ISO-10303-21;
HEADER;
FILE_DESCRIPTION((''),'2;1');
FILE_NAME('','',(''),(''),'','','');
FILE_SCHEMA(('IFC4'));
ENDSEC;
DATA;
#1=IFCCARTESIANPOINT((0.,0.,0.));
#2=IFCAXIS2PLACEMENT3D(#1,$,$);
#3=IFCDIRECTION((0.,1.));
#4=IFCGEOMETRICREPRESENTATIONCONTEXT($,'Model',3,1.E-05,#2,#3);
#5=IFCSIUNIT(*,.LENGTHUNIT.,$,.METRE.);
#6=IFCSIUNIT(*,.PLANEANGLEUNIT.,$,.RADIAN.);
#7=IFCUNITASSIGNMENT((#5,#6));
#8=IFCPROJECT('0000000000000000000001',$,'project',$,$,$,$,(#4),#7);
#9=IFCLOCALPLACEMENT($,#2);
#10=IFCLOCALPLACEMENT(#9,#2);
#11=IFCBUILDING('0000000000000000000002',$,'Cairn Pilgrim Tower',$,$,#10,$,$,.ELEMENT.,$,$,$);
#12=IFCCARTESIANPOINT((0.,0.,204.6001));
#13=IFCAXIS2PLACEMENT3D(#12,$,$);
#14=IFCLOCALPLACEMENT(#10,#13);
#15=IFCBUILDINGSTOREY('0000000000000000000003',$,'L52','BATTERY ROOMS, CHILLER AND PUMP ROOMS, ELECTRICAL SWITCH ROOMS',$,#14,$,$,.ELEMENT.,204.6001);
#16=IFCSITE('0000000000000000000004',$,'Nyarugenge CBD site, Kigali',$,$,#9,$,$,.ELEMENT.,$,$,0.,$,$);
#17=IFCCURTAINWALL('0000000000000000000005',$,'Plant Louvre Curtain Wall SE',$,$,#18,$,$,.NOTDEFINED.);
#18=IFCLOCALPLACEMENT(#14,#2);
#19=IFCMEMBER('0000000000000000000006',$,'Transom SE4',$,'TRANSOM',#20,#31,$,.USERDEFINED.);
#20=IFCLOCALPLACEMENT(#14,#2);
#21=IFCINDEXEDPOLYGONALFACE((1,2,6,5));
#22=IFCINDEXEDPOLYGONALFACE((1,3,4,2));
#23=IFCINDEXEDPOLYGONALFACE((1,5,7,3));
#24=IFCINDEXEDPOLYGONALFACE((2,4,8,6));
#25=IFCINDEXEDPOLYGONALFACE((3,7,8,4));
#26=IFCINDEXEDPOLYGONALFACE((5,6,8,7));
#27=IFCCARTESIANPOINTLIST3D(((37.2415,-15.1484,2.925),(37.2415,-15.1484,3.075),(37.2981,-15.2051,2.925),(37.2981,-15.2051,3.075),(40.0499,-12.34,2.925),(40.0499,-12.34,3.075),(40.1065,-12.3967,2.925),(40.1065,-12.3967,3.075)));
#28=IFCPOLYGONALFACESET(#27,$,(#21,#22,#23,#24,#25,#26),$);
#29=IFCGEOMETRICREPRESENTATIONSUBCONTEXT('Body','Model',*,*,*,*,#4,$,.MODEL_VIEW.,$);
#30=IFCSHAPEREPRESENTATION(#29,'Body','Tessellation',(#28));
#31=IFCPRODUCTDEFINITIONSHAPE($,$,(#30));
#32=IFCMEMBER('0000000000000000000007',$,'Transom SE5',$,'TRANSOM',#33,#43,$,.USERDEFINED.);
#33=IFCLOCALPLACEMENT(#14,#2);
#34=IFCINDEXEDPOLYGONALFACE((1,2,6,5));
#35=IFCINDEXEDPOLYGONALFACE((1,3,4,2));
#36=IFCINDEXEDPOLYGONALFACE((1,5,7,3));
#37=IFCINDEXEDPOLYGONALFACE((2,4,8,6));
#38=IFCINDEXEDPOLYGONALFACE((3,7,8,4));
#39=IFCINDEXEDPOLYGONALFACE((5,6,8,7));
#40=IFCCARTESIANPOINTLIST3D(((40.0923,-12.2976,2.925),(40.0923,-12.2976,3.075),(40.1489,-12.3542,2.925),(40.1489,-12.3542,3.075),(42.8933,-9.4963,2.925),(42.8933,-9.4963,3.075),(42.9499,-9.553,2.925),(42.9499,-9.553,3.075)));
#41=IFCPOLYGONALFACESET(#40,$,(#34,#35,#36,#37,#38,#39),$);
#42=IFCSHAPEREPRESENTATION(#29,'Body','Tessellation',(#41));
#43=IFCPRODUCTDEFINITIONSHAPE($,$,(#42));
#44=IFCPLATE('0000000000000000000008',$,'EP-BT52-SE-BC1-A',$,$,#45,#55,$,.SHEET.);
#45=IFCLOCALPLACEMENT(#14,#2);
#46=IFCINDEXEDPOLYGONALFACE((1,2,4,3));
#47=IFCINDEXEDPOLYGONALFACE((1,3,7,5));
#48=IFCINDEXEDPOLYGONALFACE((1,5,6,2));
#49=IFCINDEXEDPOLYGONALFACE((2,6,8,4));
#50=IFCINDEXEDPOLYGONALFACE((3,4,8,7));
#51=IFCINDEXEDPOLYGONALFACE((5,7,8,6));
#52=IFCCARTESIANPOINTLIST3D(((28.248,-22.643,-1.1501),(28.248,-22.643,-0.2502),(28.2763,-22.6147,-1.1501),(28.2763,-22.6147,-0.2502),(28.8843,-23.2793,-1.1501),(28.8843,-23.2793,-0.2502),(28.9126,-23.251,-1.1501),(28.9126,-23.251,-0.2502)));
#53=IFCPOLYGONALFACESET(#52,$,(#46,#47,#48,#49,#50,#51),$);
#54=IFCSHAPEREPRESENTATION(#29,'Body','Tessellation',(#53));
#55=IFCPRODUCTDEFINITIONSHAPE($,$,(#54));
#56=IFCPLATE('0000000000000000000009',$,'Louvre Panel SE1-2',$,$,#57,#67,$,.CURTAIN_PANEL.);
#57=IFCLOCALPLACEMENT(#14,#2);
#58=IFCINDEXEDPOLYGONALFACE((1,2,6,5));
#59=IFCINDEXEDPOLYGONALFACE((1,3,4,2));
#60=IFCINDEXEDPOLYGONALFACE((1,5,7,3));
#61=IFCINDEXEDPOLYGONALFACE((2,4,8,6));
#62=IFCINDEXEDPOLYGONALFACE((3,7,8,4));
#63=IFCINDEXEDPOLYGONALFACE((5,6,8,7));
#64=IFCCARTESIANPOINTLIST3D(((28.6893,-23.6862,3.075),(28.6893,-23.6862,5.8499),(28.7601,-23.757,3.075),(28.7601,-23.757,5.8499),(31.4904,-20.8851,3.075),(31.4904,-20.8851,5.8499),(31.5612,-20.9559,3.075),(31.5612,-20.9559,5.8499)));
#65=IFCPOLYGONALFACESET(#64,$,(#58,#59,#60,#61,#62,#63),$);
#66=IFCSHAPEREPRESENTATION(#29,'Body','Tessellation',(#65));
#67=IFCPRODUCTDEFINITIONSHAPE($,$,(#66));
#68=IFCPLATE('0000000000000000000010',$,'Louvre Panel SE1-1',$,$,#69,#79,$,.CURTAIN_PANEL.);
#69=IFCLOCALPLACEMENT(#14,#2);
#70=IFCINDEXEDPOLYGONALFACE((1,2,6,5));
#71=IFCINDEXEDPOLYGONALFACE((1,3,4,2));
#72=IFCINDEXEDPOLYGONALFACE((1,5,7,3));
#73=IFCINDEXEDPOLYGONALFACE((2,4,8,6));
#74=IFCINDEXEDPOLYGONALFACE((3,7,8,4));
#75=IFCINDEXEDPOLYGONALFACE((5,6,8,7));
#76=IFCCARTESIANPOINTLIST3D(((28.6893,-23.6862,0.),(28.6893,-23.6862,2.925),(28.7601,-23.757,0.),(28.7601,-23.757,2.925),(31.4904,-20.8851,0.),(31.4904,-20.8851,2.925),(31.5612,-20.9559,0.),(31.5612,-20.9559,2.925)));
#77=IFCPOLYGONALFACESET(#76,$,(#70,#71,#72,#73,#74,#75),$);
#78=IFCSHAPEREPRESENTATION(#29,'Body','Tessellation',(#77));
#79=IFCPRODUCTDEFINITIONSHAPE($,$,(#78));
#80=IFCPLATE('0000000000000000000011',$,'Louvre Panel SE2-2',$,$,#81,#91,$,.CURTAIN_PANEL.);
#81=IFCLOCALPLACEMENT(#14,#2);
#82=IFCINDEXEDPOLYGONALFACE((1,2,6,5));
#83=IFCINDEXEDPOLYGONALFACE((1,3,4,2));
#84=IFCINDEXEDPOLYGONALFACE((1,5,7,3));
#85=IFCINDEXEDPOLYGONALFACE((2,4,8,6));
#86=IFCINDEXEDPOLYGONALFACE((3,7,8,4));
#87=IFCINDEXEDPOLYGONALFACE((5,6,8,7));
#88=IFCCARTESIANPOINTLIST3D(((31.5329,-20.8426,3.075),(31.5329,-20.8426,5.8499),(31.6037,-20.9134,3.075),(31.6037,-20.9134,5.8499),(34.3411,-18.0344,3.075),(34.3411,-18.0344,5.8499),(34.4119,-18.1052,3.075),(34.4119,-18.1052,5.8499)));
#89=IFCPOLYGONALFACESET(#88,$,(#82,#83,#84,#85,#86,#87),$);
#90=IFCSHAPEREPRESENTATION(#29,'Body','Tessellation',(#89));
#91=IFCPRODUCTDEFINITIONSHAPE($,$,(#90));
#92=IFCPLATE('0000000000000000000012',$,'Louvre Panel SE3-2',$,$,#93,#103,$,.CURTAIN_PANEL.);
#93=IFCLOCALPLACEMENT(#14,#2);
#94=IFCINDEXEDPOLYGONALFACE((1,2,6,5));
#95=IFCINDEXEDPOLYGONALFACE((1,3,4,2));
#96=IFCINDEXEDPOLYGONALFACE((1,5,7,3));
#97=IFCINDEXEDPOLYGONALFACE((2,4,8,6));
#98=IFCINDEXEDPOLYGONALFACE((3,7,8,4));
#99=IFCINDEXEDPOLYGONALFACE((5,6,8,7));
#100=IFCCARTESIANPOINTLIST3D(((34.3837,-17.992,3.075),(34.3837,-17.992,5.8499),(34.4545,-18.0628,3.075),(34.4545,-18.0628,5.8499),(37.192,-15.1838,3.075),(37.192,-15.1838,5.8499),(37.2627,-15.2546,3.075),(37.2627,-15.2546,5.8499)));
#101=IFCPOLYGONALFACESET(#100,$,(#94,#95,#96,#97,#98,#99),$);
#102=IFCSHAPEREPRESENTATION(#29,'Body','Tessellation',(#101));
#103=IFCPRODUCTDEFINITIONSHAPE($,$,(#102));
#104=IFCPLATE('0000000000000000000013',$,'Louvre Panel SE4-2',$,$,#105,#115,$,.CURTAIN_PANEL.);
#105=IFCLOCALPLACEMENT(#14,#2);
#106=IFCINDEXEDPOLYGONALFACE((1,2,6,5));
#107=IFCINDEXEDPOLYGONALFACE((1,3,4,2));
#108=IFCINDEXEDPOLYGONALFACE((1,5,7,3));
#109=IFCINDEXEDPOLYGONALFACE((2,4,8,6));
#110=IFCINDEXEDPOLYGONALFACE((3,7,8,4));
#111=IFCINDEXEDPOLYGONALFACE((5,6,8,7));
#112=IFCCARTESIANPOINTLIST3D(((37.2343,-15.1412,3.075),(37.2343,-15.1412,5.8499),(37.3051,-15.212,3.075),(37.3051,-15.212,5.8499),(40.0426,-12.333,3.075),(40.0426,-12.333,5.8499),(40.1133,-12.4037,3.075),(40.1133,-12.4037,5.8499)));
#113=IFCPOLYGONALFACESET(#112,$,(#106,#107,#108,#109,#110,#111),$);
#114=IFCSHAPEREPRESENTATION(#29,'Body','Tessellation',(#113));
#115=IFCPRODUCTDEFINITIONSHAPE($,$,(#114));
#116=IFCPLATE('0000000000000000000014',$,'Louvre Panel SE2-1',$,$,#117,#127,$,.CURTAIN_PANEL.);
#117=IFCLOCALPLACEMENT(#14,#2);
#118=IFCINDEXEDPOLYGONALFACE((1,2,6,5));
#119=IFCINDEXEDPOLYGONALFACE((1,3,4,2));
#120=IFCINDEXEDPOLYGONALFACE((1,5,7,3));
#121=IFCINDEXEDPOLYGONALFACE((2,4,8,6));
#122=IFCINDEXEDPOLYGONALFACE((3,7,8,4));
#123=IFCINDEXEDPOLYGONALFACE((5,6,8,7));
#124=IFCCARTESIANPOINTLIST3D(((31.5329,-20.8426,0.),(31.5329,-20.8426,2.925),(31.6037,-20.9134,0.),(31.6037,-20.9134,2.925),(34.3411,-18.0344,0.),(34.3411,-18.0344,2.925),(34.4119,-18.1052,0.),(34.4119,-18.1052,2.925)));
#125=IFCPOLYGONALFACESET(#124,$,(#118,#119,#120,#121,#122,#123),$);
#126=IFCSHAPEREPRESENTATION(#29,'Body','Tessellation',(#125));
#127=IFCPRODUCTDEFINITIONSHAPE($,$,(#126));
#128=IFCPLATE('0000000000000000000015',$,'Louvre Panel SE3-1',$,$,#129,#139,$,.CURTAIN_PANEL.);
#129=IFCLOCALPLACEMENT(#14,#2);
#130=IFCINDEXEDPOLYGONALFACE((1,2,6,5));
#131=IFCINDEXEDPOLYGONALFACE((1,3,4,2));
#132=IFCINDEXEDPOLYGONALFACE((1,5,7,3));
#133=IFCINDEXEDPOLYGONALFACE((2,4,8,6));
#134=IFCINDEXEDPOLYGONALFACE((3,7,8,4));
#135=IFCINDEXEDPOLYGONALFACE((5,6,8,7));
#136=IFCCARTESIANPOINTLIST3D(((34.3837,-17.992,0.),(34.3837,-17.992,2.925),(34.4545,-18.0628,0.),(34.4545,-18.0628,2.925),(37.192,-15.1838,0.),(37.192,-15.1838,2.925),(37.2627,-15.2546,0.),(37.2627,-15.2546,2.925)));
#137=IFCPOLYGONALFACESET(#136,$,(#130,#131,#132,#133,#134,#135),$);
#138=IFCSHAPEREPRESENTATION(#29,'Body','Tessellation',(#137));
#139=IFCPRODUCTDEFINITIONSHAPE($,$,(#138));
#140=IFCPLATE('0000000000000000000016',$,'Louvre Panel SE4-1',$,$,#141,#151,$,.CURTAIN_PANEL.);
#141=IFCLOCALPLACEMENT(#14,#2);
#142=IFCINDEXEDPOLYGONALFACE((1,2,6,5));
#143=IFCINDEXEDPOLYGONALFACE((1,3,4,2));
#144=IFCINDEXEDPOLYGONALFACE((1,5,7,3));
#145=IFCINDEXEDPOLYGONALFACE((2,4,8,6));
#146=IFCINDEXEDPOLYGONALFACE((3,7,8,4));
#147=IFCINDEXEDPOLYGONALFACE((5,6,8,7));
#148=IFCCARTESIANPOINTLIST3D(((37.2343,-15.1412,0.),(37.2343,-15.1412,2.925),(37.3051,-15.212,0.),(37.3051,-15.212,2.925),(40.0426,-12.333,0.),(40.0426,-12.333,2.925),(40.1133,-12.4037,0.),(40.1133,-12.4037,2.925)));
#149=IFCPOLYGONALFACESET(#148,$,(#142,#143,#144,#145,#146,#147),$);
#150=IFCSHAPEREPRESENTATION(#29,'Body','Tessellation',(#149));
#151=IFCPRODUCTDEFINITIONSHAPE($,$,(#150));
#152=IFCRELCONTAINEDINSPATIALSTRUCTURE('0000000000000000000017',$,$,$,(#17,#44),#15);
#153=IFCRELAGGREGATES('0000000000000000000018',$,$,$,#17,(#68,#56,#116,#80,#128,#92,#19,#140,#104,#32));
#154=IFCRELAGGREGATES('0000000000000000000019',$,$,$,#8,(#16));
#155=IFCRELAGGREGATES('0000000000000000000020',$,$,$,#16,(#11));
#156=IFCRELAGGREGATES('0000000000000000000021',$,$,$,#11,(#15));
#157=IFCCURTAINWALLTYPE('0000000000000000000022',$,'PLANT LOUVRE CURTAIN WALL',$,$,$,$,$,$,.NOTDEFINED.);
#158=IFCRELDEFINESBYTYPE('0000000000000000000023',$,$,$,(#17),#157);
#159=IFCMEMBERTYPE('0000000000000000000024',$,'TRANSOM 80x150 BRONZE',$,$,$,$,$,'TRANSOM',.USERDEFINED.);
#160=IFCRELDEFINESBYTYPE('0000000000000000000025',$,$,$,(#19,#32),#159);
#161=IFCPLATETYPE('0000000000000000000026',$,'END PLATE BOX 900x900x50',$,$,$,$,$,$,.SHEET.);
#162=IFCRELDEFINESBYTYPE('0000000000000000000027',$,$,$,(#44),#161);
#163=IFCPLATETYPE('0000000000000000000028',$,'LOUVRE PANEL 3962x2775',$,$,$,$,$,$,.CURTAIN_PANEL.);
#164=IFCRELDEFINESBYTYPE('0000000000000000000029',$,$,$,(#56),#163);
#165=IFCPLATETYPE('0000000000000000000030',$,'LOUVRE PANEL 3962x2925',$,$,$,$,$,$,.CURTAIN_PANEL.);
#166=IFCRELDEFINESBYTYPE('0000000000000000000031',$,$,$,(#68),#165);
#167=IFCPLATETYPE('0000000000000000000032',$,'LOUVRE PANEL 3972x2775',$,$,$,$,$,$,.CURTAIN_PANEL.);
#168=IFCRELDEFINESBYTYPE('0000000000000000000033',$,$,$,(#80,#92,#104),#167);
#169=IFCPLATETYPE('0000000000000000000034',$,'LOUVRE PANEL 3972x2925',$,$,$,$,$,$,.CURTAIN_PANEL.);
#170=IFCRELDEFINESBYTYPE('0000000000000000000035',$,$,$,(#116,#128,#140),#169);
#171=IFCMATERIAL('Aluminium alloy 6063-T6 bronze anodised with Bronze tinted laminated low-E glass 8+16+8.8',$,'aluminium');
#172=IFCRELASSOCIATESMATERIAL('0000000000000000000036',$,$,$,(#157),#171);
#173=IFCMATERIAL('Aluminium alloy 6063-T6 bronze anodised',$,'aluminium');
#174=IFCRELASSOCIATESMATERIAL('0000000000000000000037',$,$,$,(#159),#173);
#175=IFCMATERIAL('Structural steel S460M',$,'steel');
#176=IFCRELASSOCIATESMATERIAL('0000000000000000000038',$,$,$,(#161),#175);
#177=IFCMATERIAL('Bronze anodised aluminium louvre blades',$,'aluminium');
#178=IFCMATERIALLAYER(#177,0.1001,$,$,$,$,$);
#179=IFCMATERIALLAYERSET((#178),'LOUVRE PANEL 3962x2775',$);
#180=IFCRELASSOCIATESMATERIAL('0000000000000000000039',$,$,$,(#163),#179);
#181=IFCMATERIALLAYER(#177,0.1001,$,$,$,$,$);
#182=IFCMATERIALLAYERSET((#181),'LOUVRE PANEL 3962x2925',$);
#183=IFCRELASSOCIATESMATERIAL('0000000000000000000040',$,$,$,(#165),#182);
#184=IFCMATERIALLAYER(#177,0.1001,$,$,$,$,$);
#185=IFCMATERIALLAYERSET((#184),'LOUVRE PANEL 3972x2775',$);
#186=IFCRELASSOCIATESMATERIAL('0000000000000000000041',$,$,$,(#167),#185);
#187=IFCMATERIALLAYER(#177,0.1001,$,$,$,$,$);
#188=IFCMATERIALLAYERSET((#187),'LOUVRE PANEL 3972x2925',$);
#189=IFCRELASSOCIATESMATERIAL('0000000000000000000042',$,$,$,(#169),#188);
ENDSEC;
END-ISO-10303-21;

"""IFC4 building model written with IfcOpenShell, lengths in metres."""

from ifc_helpers import new_model, si_unit, direction, frame, origin, origin_2d, place, context, subcontext, project, spatial, rectangle, extrude, material, layer, layer_set, material_profile, profile_set, type_object, element, aggregate, save


model = new_model("IFC4")

# Units and contexts
model_context = context("Model", 3, precision=1e-05, world=origin(), true_north=direction((0.0, 1.0)))
body_context = subcontext(model_context, "Body", "Model", "MODEL_VIEW")
ifc_project = project(units=[si_unit("LENGTHUNIT", "METRE"), si_unit("PLANEANGLEUNIT", "RADIAN")], contexts=[model_context])

# Site, building, storey
site_placement = place(None, origin())
site = spatial("IfcSite", under=ifc_project, at=site_placement, Name="Nyarugenge CBD site, Kigali", CompositionType="ELEMENT", RefElevation=0.0)
building_placement = place(site_placement, origin())
building = spatial("IfcBuilding", under=site, at=building_placement, Name="Cairn Pilgrim Tower", CompositionType="ELEMENT")
storey_placement = place(building_placement, frame((0.0, 0.0, 204.6001)))
storey = spatial("IfcBuildingStorey", under=building, at=storey_placement, Name="L52", Description="BATTERY ROOMS, CHILLER AND PUMP ROOMS, ELECTRICAL SWITCH ROOMS", CompositionType="ELEMENT", Elevation=204.6001)

# Shared definitions
ifc_material_1 = material(Name="Structural steel S460M", Category="steel")

# Curtain wall
ifc_material_2 = material(Name="Aluminium alloy 6063-T6 bronze anodised with Bronze tinted laminated low-E glass 8+16+8.8", Category="aluminium")
curtain_wall_type = type_object("IfcCurtainWallType", Name="PLANT LOUVRE CURTAIN WALL", PredefinedType="NOTDEFINED", material=ifc_material_2)
curtain_wall_placement = place(storey_placement, origin())
curtain_wall = element("IfcCurtainWall", 1, at=curtain_wall_placement, inside=storey, type_object=curtain_wall_type, Name="Plant Louvre Curtain Wall SE", PredefinedType="NOTDEFINED")
ifc_material_3 = material(Name="Aluminium alloy 6063-T6 bronze anodised", Category="aluminium")

# Members
ifc_material_profile_1 = material_profile(ifc_material_3, rectangle(XDim=0.0801, YDim=0.1499, at=origin_2d()), Name="TRANSOM 80x150 BRONZE")
ifc_profile_set_1 = profile_set([ifc_material_profile_1], Name="Aluminium alloy 6063-T6 bronze anodised")
member_type_1 = type_object("IfcMemberType", Name="TRANSOM 80x150 BRONZE", ElementType="TRANSOM", PredefinedType="USERDEFINED", material=ifc_profile_set_1)
member_1_placement = place(storey_placement, frame((37.2698, -15.1768, 3.0), z_axis=(0.707107, 0.707107, 0.0), x_axis=(-0.707107, 0.707107, 0.0)))
member_1 = element("IfcMember", 2, at=member_1_placement, type_object=member_type_1, Name="Transom SE4", ObjectType="TRANSOM", PredefinedType="USERDEFINED", context=body_context, shape_type="SweptSolid", body=[
    extrude(rectangle(XDim=0.0801, YDim=0.1499, at=origin_2d()), origin(), (0.0, 0.0, 1.0), 3.9717),
])
member_2_placement = place(storey_placement, frame((40.1206, -12.3259, 3.0), z_axis=(0.707076, 0.707138, 0.0), x_axis=(-0.707138, 0.707076, 0.0)))
member_2 = element("IfcMember", 3, at=member_2_placement, type_object=member_type_1, Name="Transom SE5", ObjectType="TRANSOM", PredefinedType="USERDEFINED", context=body_context, shape_type="SweptSolid", body=[
    extrude(rectangle(XDim=0.0801, YDim=0.1499, at=origin_2d()), origin(), (0.0, 0.0, 1.0), 3.9614),
])

# Plates
ifc_material_profile_2 = material_profile(ifc_material_1, rectangle(XDim=0.8999, YDim=0.8999, at=origin_2d()), Name="END PLATE BOX 900x900x50")
ifc_profile_set_2 = profile_set([ifc_material_profile_2], Name="Structural steel S460M")
plate_type_1 = type_object("IfcPlateType", Name="END PLATE BOX 900x900x50", PredefinedType="SHEET", material=ifc_profile_set_2)
plate_1_placement = place(storey_placement, frame((28.5945, -22.9329, -0.7002), z_axis=(-0.707107, -0.707107, 0.0), x_axis=(0.707107, -0.707107, 0.0)))
element("IfcPlate", 4, at=plate_1_placement, inside=storey, type_object=plate_type_1, Name="EP-BT52-SE-BC1-A", PredefinedType="SHEET", context=body_context, shape_type="SweptSolid", body=[
    extrude(rectangle(XDim=0.8999, YDim=0.8999, at=origin_2d()), origin(), (0.0, 0.0, 1.0), 0.04),
])
ifc_material_4 = material(Name="Bronze anodised aluminium louvre blades", Category="aluminium")
ifc_layer_1 = layer(ifc_material_4, 0.1001)
ifc_layer_set_1 = layer_set([ifc_layer_1], Name="LOUVRE PANEL 3962x2775")
plate_type_2 = type_object("IfcPlateType", Name="LOUVRE PANEL 3962x2775", PredefinedType="CURTAIN_PANEL", material=ifc_layer_set_1)
plate_2_placement = place(storey_placement, frame((30.1252, -22.321, 3.075), z_axis=(0.0, 0.0, 1.0), x_axis=(0.707107, 0.707107, 0.0)))
plate_2 = element("IfcPlate", 5, at=plate_2_placement, type_object=plate_type_2, Name="Louvre Panel SE1-2", PredefinedType="CURTAIN_PANEL", context=body_context, shape_type="SweptSolid", body=[
    extrude(rectangle(XDim=3.9614, YDim=0.1001, at=origin_2d()), origin(), (0.0, 0.0, 1.0), 2.7749),
])
ifc_layer_2 = layer(ifc_material_4, 0.1001)
ifc_layer_set_2 = layer_set([ifc_layer_2], Name="LOUVRE PANEL 3962x2925")
plate_type_3 = type_object("IfcPlateType", Name="LOUVRE PANEL 3962x2925", PredefinedType="CURTAIN_PANEL", material=ifc_layer_set_2)
plate_3_placement = place(storey_placement, frame((30.1252, -22.321, 0.0), z_axis=(0.0, 0.0, 1.0), x_axis=(0.707107, 0.707107, 0.0)))
plate_3 = element("IfcPlate", 6, at=plate_3_placement, type_object=plate_type_3, Name="Louvre Panel SE1-1", PredefinedType="CURTAIN_PANEL", context=body_context, shape_type="SweptSolid", body=[
    extrude(rectangle(XDim=3.9614, YDim=0.1001, at=origin_2d()), origin(), (0.0, 0.0, 1.0), 2.925),
])
ifc_layer_3 = layer(ifc_material_4, 0.1001)
ifc_layer_set_3 = layer_set([ifc_layer_3], Name="LOUVRE PANEL 3972x2775")
plate_type_4 = type_object("IfcPlateType", Name="LOUVRE PANEL 3972x2775", PredefinedType="CURTAIN_PANEL", material=ifc_layer_set_3)
plate_4_placement = place(storey_placement, frame((32.9724, -19.4739, 3.075), z_axis=(0.0, 0.0, 1.0), x_axis=(0.707107, 0.707107, 0.0)))
plate_4 = element("IfcPlate", 7, at=plate_4_placement, type_object=plate_type_4, Name="Louvre Panel SE2-2", PredefinedType="CURTAIN_PANEL", context=body_context, shape_type="SweptSolid", body=[
    extrude(rectangle(XDim=3.9714, YDim=0.1001, at=origin_2d()), origin(), (0.0, 0.0, 1.0), 2.7749),
])
plate_5_placement = place(storey_placement, frame((35.8232, -16.6233, 3.075), z_axis=(0.0, 0.0, 1.0), x_axis=(0.707107, 0.707107, 0.0)))
plate_5 = element("IfcPlate", 8, at=plate_5_placement, type_object=plate_type_4, Name="Louvre Panel SE3-2", PredefinedType="CURTAIN_PANEL", context=body_context, shape_type="SweptSolid", body=[
    extrude(rectangle(XDim=3.9714, YDim=0.1001, at=origin_2d()), origin(), (0.0, 0.0, 1.0), 2.7749),
])
plate_6_placement = place(storey_placement, frame((38.6738, -13.7725, 3.075), z_axis=(0.0, 0.0, 1.0), x_axis=(0.707107, 0.707107, 0.0)))
plate_6 = element("IfcPlate", 9, at=plate_6_placement, type_object=plate_type_4, Name="Louvre Panel SE4-2", PredefinedType="CURTAIN_PANEL", context=body_context, shape_type="SweptSolid", body=[
    extrude(rectangle(XDim=3.9714, YDim=0.1001, at=origin_2d()), origin(), (0.0, 0.0, 1.0), 2.7749),
])
ifc_layer_4 = layer(ifc_material_4, 0.1001)
ifc_layer_set_4 = layer_set([ifc_layer_4], Name="LOUVRE PANEL 3972x2925")
plate_type_5 = type_object("IfcPlateType", Name="LOUVRE PANEL 3972x2925", PredefinedType="CURTAIN_PANEL", material=ifc_layer_set_4)
plate_7_placement = place(storey_placement, frame((32.9724, -19.4739, 0.0), z_axis=(0.0, 0.0, 1.0), x_axis=(0.707107, 0.707107, 0.0)))
plate_7 = element("IfcPlate", 10, at=plate_7_placement, type_object=plate_type_5, Name="Louvre Panel SE2-1", PredefinedType="CURTAIN_PANEL", context=body_context, shape_type="SweptSolid", body=[
    extrude(rectangle(XDim=3.9714, YDim=0.1001, at=origin_2d()), origin(), (0.0, 0.0, 1.0), 2.925),
])
plate_8_placement = place(storey_placement, frame((35.8232, -16.6233, 0.0), z_axis=(0.0, 0.0, 1.0), x_axis=(0.707107, 0.707107, 0.0)))
plate_8 = element("IfcPlate", 11, at=plate_8_placement, type_object=plate_type_5, Name="Louvre Panel SE3-1", PredefinedType="CURTAIN_PANEL", context=body_context, shape_type="SweptSolid", body=[
    extrude(rectangle(XDim=3.9714, YDim=0.1001, at=origin_2d()), origin(), (0.0, 0.0, 1.0), 2.925),
])
plate_9_placement = place(storey_placement, frame((38.6738, -13.7725, 0.0), z_axis=(0.0, 0.0, 1.0), x_axis=(0.707107, 0.707107, 0.0)))
plate_9 = element("IfcPlate", 12, at=plate_9_placement, type_object=plate_type_5, Name="Louvre Panel SE4-1", PredefinedType="CURTAIN_PANEL", context=body_context, shape_type="SweptSolid", body=[
    extrude(rectangle(XDim=3.9714, YDim=0.1001, at=origin_2d()), origin(), (0.0, 0.0, 1.0), 2.925),
])
aggregate(curtain_wall, [plate_3, plate_2, plate_7, plate_4, plate_8, plate_5, member_1, plate_9, plate_6, member_2])

save(model, "model.ifc")
